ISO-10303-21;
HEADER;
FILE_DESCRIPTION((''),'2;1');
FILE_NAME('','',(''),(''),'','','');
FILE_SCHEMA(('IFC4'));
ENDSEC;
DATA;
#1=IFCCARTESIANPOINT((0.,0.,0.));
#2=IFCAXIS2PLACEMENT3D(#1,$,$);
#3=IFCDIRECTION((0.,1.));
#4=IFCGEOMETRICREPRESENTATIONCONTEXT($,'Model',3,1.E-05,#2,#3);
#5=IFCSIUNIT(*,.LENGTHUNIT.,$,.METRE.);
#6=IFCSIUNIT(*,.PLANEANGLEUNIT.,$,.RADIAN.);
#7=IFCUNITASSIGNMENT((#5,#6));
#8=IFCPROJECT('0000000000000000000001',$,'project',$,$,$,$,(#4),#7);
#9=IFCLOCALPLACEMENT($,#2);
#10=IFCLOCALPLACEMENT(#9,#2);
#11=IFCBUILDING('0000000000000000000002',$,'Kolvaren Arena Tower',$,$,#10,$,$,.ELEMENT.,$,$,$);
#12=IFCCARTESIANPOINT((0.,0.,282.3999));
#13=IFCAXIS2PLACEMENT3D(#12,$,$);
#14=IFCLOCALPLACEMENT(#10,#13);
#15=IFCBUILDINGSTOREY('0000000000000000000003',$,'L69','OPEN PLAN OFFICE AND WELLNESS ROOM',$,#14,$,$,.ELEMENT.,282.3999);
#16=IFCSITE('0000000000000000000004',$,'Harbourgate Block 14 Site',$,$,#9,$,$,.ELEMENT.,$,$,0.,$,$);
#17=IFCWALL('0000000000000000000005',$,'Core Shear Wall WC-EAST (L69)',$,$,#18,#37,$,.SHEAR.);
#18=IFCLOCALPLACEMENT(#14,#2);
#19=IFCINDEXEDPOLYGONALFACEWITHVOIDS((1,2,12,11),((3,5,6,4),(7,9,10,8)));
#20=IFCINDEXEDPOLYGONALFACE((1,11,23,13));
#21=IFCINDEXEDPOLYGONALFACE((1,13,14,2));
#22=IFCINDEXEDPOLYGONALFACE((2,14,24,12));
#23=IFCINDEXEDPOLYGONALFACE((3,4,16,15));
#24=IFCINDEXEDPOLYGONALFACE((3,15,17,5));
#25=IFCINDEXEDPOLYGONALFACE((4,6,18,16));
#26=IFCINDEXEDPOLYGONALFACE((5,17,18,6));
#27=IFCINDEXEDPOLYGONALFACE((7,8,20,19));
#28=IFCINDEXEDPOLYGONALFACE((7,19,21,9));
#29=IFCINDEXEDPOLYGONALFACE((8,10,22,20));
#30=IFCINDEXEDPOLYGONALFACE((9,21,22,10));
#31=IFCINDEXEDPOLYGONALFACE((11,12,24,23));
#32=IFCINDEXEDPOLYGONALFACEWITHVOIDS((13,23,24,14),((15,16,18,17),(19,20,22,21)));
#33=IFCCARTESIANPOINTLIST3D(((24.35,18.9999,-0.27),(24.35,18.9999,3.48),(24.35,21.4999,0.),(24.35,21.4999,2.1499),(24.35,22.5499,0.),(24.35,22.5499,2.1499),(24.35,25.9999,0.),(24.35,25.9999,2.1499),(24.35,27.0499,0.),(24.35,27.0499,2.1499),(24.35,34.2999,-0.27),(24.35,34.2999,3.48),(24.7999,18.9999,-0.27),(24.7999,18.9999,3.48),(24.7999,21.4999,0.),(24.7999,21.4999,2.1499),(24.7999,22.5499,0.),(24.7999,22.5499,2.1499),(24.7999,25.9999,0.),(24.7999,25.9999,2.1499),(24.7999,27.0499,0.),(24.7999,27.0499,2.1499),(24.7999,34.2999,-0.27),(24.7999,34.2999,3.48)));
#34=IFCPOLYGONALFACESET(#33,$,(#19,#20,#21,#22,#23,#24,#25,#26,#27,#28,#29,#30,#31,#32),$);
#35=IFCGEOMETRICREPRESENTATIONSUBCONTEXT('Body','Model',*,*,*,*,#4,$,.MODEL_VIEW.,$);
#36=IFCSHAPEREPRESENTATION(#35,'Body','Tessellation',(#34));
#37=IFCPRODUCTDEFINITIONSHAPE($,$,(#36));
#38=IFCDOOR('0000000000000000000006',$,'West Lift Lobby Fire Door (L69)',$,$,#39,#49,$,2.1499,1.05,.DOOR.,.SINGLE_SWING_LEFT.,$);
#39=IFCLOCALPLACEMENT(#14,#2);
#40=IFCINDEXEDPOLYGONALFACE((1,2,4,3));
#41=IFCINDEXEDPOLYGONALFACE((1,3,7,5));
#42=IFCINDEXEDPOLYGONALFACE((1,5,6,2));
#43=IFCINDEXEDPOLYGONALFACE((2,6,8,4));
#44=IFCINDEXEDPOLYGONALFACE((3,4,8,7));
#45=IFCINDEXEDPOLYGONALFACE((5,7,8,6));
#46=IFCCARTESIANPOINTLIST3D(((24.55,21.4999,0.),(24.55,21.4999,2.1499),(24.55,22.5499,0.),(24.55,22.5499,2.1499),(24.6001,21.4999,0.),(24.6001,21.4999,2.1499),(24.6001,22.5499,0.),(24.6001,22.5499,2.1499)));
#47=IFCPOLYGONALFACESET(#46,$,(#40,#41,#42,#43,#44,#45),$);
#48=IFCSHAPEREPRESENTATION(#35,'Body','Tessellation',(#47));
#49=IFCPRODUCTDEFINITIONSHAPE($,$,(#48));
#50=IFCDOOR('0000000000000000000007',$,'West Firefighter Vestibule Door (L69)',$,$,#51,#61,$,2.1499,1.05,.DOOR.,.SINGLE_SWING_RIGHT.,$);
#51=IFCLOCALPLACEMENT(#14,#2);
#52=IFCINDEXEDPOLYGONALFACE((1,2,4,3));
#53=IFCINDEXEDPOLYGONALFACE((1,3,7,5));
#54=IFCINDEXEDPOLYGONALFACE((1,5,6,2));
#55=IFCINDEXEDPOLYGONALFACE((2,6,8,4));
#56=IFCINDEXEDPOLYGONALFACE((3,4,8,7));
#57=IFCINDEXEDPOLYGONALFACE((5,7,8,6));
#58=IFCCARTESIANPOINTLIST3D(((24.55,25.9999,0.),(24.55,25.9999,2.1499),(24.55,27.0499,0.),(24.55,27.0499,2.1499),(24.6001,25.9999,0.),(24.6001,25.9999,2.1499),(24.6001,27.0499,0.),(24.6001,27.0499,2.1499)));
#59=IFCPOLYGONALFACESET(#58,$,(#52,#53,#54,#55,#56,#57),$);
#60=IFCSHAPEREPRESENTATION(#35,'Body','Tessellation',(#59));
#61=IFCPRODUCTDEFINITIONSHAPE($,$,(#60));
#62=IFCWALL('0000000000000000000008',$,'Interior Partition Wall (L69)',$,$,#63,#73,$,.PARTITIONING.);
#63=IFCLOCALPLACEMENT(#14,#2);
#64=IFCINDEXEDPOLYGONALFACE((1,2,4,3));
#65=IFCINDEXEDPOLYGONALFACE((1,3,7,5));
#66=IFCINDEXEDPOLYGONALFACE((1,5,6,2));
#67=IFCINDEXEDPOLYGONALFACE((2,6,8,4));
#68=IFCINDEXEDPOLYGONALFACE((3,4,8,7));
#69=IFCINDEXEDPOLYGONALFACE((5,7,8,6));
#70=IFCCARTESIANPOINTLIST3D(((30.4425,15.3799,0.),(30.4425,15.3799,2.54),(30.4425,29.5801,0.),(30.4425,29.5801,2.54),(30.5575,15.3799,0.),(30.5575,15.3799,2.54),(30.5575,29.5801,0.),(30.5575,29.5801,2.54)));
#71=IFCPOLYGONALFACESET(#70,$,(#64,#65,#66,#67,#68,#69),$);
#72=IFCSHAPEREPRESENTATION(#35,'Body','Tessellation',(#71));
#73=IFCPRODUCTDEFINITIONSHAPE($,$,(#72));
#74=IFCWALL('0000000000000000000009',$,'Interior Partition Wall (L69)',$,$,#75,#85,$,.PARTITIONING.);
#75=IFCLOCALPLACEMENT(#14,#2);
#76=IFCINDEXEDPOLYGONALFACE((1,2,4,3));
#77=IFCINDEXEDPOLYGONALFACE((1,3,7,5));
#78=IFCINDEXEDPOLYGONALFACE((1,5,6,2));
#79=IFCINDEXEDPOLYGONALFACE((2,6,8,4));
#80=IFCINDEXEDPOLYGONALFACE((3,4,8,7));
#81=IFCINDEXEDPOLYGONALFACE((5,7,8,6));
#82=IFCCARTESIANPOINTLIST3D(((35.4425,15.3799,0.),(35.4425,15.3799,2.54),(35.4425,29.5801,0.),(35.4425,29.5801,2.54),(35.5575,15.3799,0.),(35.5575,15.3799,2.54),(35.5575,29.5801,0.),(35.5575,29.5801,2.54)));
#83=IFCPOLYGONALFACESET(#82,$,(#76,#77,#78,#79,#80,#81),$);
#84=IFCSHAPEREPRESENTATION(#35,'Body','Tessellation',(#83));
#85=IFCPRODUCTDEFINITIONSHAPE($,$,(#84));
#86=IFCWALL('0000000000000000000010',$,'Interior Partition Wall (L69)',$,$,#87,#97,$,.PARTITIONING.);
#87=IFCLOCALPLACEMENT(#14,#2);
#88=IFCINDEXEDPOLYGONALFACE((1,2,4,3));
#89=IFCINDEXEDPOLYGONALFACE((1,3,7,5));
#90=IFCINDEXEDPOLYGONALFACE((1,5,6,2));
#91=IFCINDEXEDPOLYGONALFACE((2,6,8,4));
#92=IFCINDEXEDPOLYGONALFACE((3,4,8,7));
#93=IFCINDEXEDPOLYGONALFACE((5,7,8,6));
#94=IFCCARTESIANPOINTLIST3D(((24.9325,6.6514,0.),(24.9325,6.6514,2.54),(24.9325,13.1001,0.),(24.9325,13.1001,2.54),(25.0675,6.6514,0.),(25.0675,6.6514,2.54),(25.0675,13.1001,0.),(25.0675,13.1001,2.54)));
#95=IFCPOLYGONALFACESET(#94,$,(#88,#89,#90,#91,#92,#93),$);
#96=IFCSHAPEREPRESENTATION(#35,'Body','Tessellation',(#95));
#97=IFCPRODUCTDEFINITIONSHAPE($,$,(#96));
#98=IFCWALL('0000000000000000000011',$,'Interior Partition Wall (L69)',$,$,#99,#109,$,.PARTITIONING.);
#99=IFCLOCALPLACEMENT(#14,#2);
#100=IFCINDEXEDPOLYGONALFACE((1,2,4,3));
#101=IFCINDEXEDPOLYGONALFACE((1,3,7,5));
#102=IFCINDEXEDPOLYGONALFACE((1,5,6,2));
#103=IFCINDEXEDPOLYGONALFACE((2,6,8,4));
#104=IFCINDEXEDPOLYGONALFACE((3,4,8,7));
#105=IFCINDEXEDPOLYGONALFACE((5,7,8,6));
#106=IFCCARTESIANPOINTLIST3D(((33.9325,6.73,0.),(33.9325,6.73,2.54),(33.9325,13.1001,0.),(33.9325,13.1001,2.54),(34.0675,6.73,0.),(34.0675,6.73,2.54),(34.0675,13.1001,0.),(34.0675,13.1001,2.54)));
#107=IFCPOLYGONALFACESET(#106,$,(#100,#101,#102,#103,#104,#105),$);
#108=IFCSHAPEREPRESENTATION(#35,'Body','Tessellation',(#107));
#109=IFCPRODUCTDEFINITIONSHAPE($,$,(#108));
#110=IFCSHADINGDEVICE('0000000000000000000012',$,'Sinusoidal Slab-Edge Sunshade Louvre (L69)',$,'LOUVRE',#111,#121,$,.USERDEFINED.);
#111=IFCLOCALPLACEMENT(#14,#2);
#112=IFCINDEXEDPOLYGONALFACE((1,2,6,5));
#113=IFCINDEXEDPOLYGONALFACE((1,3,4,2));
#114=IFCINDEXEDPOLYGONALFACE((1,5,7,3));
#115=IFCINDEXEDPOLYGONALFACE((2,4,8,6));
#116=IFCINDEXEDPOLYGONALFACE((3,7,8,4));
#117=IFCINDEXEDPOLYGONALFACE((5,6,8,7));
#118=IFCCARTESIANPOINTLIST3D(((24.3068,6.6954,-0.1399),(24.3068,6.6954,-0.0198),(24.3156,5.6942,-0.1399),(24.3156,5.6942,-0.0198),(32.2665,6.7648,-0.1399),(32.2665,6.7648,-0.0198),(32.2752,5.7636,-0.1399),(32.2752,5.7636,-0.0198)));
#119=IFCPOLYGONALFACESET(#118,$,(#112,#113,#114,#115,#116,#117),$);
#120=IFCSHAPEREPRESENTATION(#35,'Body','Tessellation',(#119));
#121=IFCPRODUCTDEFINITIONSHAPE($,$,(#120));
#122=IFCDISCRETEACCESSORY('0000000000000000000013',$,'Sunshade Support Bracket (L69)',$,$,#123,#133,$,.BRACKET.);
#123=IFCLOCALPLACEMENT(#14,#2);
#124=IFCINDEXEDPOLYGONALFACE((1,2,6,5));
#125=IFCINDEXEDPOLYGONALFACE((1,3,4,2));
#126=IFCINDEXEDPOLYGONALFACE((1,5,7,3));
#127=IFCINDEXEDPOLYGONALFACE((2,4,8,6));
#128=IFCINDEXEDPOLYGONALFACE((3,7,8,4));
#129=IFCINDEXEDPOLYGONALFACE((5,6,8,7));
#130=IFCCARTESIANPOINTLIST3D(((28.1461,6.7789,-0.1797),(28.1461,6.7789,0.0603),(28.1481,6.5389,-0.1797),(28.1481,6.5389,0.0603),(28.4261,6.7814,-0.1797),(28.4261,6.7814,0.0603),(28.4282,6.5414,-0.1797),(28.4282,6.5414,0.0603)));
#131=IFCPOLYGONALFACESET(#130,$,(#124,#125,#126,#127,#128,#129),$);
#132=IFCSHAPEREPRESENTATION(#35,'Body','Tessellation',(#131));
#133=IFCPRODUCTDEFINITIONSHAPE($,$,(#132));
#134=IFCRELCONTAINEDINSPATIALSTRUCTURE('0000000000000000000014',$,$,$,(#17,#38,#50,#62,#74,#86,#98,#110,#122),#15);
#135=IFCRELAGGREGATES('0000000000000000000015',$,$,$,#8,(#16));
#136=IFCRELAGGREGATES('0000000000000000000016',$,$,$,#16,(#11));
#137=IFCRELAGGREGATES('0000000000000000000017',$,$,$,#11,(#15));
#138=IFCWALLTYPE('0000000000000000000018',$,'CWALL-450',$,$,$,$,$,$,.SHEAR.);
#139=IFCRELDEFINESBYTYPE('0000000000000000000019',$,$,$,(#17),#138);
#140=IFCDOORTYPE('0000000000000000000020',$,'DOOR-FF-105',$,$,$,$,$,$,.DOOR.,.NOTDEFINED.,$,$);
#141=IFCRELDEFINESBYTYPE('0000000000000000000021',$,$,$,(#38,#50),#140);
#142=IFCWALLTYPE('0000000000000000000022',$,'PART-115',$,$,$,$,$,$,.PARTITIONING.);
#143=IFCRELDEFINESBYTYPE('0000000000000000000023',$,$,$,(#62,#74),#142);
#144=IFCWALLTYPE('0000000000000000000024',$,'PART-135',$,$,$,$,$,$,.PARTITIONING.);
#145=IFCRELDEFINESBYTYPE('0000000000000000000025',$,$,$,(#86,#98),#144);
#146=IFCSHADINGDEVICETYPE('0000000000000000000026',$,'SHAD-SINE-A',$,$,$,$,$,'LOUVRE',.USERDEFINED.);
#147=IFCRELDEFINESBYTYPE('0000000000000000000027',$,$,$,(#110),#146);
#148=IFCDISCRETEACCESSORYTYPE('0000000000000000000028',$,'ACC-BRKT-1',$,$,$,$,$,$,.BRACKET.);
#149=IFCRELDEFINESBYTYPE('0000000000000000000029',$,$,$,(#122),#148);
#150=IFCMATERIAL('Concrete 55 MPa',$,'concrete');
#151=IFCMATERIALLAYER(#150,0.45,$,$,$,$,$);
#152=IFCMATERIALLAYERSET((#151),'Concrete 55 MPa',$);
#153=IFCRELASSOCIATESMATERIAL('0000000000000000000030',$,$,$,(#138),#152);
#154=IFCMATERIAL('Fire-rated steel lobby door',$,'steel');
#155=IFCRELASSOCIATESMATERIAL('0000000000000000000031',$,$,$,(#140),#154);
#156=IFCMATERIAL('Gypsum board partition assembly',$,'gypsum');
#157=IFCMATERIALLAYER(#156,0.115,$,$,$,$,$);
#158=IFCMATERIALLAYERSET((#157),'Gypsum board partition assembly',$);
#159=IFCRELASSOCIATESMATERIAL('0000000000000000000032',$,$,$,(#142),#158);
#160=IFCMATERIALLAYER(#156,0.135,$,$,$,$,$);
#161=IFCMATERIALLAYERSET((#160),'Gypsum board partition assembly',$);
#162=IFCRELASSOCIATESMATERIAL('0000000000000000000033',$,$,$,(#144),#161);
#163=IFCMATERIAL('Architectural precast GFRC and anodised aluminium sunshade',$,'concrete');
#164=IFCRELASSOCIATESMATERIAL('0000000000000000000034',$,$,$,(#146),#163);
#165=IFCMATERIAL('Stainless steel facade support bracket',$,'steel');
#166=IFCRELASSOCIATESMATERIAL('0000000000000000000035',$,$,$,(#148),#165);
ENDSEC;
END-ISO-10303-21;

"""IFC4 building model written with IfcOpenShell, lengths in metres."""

from ifc_helpers import new_model, si_unit, direction, frame, frame_2d, origin, origin_2d, place, context, subcontext, project, spatial, rectangle, extrude, material, layer, layer_set, type_object, element, fill, save


model = new_model("IFC4")

# Units and contexts
model_context = context("Model", 3, precision=1e-05, world=origin(), true_north=direction((0.0, 1.0)))
body_context = subcontext(model_context, "Body", "Model", "MODEL_VIEW")
ifc_project = project(units=[si_unit("LENGTHUNIT", "METRE"), si_unit("PLANEANGLEUNIT", "RADIAN")], contexts=[model_context])

# Site, building, storey
site_placement = place(None, origin())
site = spatial("IfcSite", under=ifc_project, at=site_placement, Name="Harbourgate Block 14 Site", CompositionType="ELEMENT", RefElevation=0.0)
building_placement = place(site_placement, origin())
building = spatial("IfcBuilding", under=site, at=building_placement, Name="Kolvaren Arena Tower", CompositionType="ELEMENT")
storey_placement = place(building_placement, frame((0.0, 0.0, 282.3999)))
storey = spatial("IfcBuildingStorey", under=building, at=storey_placement, Name="L69", Description="OPEN PLAN OFFICE AND WELLNESS ROOM", CompositionType="ELEMENT", Elevation=282.3999)

# Wall, openings, doors
ifc_material_1 = material(Name="Concrete 55 MPa", Category="concrete")
ifc_layer_1 = layer(ifc_material_1, 0.45)
ifc_layer_set_1 = layer_set([ifc_layer_1], Name="Concrete 55 MPa")
wall_type_1 = type_object("IfcWallType", Name="CWALL-450", PredefinedType="SHEAR", material=ifc_layer_set_1)
wall_1_placement = place(storey_placement, frame((24.575, 19.0, -0.27), z_axis=(0.0, 0.0, 1.0), x_axis=(0.0, 1.0, 0.0)))
wall_1 = element("IfcWall", 1, at=wall_1_placement, inside=storey, type_object=wall_type_1, Name="Core Shear Wall WC-EAST (L69)", PredefinedType="SHEAR", context=body_context, shape_type="SweptSolid", body=[
    extrude(rectangle(XDim=15.3, YDim=0.45, at=frame_2d((7.6499, 0.0))), origin(), (0.0, 0.0, 1.0), 3.75),
])
opening_1_placement = place(wall_1_placement, frame((2.5, 0.0, 0.27)))
opening_1 = element("IfcOpeningElement", 2, at=opening_1_placement, cuts=wall_1, PredefinedType="OPENING", context=body_context, shape_type="SweptSolid", body=[
    extrude(rectangle(XDim=1.05, YDim=2.1499, at=frame_2d((0.5249, 1.075))), frame((0.0, 0.2349, 0.0), z_axis=(0.0, -1.0, 0.0), x_axis=(1.0, 0.0, 0.0)), (0.0, 0.0, 1.0), 0.47),
])
opening_2_placement = place(wall_1_placement, frame((7.0, 0.0, 0.27)))
opening_2 = element("IfcOpeningElement", 3, at=opening_2_placement, cuts=wall_1, PredefinedType="OPENING", context=body_context, shape_type="SweptSolid", body=[
    extrude(rectangle(XDim=1.05, YDim=2.1499, at=frame_2d((0.5249, 1.075))), frame((0.0, 0.2349, 0.0), z_axis=(0.0, -1.0, 0.0), x_axis=(1.0, 0.0, 0.0)), (0.0, 0.0, 1.0), 0.47),
])
ifc_material_2 = material(Name="Fire-rated steel lobby door", Category="steel")
door_type = type_object("IfcDoorType", Name="DOOR-FF-105", OperationType="NOTDEFINED", PredefinedType="DOOR", material=ifc_material_2)
door_1_placement = place(opening_1_placement, origin())
door_1 = element("IfcDoor", 4, at=door_1_placement, inside=storey, type_object=door_type, Name="West Lift Lobby Fire Door (L69)", OperationType="SINGLE_SWING_LEFT", OverallHeight=2.1499, OverallWidth=1.05, PredefinedType="DOOR", context=body_context, shape_type="SweptSolid", body=[
    extrude(rectangle(XDim=1.05, YDim=2.1499, at=frame_2d((0.5249, 1.075))), frame((0.0, 0.0249, 0.0), z_axis=(0.0, -1.0, 0.0), x_axis=(1.0, 0.0, 0.0)), (0.0, 0.0, 1.0), 0.05),
])
fill(opening_1, door_1)
door_2_placement = place(opening_2_placement, origin())
door_2 = element("IfcDoor", 5, at=door_2_placement, inside=storey, type_object=door_type, Name="West Firefighter Vestibule Door (L69)", OperationType="SINGLE_SWING_RIGHT", OverallHeight=2.1499, OverallWidth=1.05, PredefinedType="DOOR", context=body_context, shape_type="SweptSolid", body=[
    extrude(rectangle(XDim=1.05, YDim=2.1499, at=frame_2d((0.5249, 1.075))), frame((0.0, 0.0249, 0.0), z_axis=(0.0, -1.0, 0.0), x_axis=(1.0, 0.0, 0.0)), (0.0, 0.0, 1.0), 0.05),
])
fill(opening_2, door_2)

# Walls
ifc_material_3 = material(Name="Gypsum board partition assembly", Category="gypsum")
ifc_layer_2 = layer(ifc_material_3, 0.115)
ifc_layer_set_2 = layer_set([ifc_layer_2], Name="Gypsum board partition assembly")
wall_type_2 = type_object("IfcWallType", Name="PART-115", PredefinedType="PARTITIONING", material=ifc_layer_set_2)
for number, where, z_axis, x_axis, name in (
    (6, (30.5, 15.3799, 0.0), (0.0, 0.0, 1.0), (0.0, 1.0, 0.0), "Interior Partition Wall (L69)"),
    (7, (35.5, 15.3799, 0.0), (0.0, 0.0, 1.0), (0.0, 1.0, 0.0), "Interior Partition Wall (L69)"),
):
    element("IfcWall", number, at=place(storey_placement, frame(where, z_axis=z_axis, x_axis=x_axis)), inside=storey, type_object=wall_type_2, Name=name, PredefinedType="PARTITIONING", context=body_context, shape_type="SweptSolid", body=[
        extrude(rectangle(XDim=14.2002, YDim=0.115, at=frame_2d((7.1001, 0.0))), origin(), (0.0, 0.0, 1.0), 2.54),
    ])
ifc_layer_3 = layer(ifc_material_3, 0.135)
ifc_layer_set_3 = layer_set([ifc_layer_3], Name="Gypsum board partition assembly")
wall_type_3 = type_object("IfcWallType", Name="PART-135", PredefinedType="PARTITIONING", material=ifc_layer_set_3)
wall_2_placement = place(storey_placement, frame((25.0, 6.6514, 0.0), z_axis=(0.0, 0.0, 1.0), x_axis=(0.0, 1.0, 0.0)))
element("IfcWall", 8, at=wall_2_placement, inside=storey, type_object=wall_type_3, Name="Interior Partition Wall (L69)", PredefinedType="PARTITIONING", context=body_context, shape_type="SweptSolid", body=[
    extrude(rectangle(XDim=6.4487, YDim=0.135, at=frame_2d((3.2244, 0.0))), origin(), (0.0, 0.0, 1.0), 2.54),
])
wall_3_placement = place(storey_placement, frame((34.0, 6.73, 0.0), z_axis=(0.0, 0.0, 1.0), x_axis=(0.0, 1.0, 0.0)))
element("IfcWall", 9, at=wall_3_placement, inside=storey, type_object=wall_type_3, Name="Interior Partition Wall (L69)", PredefinedType="PARTITIONING", context=body_context, shape_type="SweptSolid", body=[
    extrude(rectangle(XDim=6.3701, YDim=0.135, at=frame_2d((3.1851, 0.0))), origin(), (0.0, 0.0, 1.0), 2.54),
])

# Shading device
ifc_material_4 = material(Name="Architectural precast GFRC and anodised aluminium sunshade", Category="concrete")
shading_device_type = type_object("IfcShadingDeviceType", Name="SHAD-SINE-A", ElementType="LOUVRE", PredefinedType="USERDEFINED", material=ifc_material_4)
shading_device_placement = place(storey_placement, frame((28.291, 6.2295, -0.1399), z_axis=(0.0, 0.0, 1.0), x_axis=(-0.999962, -0.008727, 0.0)))
element("IfcShadingDevice", 10, at=shading_device_placement, inside=storey, type_object=shading_device_type, Name="Sinusoidal Slab-Edge Sunshade Louvre (L69)", ObjectType="LOUVRE", PredefinedType="USERDEFINED", context=body_context, shape_type="SweptSolid", body=[
    extrude(rectangle(XDim=7.96, YDim=1.0012, at=origin_2d()), origin(), (0.0, 0.0, 1.0), 0.1201),
])

# Discrete accessory
ifc_material_5 = material(Name="Stainless steel facade support bracket", Category="steel")
discrete_accessory_type = type_object("IfcDiscreteAccessoryType", Name="ACC-BRKT-1", PredefinedType="BRACKET", material=ifc_material_5)
discrete_accessory_placement = place(storey_placement, frame((28.2871, 6.6602, -0.1797), z_axis=(0.0, 0.0, 1.0), x_axis=(-0.999962, -0.008727, 0.0)))
element("IfcDiscreteAccessory", 11, at=discrete_accessory_placement, inside=storey, type_object=discrete_accessory_type, Name="Sunshade Support Bracket (L69)", PredefinedType="BRACKET", context=body_context, shape_type="SweptSolid", body=[
    extrude(rectangle(XDim=0.28, YDim=0.24, at=origin_2d()), origin(), (0.0, 0.0, 1.0), 0.24),
])

save(model, "model.ifc")
